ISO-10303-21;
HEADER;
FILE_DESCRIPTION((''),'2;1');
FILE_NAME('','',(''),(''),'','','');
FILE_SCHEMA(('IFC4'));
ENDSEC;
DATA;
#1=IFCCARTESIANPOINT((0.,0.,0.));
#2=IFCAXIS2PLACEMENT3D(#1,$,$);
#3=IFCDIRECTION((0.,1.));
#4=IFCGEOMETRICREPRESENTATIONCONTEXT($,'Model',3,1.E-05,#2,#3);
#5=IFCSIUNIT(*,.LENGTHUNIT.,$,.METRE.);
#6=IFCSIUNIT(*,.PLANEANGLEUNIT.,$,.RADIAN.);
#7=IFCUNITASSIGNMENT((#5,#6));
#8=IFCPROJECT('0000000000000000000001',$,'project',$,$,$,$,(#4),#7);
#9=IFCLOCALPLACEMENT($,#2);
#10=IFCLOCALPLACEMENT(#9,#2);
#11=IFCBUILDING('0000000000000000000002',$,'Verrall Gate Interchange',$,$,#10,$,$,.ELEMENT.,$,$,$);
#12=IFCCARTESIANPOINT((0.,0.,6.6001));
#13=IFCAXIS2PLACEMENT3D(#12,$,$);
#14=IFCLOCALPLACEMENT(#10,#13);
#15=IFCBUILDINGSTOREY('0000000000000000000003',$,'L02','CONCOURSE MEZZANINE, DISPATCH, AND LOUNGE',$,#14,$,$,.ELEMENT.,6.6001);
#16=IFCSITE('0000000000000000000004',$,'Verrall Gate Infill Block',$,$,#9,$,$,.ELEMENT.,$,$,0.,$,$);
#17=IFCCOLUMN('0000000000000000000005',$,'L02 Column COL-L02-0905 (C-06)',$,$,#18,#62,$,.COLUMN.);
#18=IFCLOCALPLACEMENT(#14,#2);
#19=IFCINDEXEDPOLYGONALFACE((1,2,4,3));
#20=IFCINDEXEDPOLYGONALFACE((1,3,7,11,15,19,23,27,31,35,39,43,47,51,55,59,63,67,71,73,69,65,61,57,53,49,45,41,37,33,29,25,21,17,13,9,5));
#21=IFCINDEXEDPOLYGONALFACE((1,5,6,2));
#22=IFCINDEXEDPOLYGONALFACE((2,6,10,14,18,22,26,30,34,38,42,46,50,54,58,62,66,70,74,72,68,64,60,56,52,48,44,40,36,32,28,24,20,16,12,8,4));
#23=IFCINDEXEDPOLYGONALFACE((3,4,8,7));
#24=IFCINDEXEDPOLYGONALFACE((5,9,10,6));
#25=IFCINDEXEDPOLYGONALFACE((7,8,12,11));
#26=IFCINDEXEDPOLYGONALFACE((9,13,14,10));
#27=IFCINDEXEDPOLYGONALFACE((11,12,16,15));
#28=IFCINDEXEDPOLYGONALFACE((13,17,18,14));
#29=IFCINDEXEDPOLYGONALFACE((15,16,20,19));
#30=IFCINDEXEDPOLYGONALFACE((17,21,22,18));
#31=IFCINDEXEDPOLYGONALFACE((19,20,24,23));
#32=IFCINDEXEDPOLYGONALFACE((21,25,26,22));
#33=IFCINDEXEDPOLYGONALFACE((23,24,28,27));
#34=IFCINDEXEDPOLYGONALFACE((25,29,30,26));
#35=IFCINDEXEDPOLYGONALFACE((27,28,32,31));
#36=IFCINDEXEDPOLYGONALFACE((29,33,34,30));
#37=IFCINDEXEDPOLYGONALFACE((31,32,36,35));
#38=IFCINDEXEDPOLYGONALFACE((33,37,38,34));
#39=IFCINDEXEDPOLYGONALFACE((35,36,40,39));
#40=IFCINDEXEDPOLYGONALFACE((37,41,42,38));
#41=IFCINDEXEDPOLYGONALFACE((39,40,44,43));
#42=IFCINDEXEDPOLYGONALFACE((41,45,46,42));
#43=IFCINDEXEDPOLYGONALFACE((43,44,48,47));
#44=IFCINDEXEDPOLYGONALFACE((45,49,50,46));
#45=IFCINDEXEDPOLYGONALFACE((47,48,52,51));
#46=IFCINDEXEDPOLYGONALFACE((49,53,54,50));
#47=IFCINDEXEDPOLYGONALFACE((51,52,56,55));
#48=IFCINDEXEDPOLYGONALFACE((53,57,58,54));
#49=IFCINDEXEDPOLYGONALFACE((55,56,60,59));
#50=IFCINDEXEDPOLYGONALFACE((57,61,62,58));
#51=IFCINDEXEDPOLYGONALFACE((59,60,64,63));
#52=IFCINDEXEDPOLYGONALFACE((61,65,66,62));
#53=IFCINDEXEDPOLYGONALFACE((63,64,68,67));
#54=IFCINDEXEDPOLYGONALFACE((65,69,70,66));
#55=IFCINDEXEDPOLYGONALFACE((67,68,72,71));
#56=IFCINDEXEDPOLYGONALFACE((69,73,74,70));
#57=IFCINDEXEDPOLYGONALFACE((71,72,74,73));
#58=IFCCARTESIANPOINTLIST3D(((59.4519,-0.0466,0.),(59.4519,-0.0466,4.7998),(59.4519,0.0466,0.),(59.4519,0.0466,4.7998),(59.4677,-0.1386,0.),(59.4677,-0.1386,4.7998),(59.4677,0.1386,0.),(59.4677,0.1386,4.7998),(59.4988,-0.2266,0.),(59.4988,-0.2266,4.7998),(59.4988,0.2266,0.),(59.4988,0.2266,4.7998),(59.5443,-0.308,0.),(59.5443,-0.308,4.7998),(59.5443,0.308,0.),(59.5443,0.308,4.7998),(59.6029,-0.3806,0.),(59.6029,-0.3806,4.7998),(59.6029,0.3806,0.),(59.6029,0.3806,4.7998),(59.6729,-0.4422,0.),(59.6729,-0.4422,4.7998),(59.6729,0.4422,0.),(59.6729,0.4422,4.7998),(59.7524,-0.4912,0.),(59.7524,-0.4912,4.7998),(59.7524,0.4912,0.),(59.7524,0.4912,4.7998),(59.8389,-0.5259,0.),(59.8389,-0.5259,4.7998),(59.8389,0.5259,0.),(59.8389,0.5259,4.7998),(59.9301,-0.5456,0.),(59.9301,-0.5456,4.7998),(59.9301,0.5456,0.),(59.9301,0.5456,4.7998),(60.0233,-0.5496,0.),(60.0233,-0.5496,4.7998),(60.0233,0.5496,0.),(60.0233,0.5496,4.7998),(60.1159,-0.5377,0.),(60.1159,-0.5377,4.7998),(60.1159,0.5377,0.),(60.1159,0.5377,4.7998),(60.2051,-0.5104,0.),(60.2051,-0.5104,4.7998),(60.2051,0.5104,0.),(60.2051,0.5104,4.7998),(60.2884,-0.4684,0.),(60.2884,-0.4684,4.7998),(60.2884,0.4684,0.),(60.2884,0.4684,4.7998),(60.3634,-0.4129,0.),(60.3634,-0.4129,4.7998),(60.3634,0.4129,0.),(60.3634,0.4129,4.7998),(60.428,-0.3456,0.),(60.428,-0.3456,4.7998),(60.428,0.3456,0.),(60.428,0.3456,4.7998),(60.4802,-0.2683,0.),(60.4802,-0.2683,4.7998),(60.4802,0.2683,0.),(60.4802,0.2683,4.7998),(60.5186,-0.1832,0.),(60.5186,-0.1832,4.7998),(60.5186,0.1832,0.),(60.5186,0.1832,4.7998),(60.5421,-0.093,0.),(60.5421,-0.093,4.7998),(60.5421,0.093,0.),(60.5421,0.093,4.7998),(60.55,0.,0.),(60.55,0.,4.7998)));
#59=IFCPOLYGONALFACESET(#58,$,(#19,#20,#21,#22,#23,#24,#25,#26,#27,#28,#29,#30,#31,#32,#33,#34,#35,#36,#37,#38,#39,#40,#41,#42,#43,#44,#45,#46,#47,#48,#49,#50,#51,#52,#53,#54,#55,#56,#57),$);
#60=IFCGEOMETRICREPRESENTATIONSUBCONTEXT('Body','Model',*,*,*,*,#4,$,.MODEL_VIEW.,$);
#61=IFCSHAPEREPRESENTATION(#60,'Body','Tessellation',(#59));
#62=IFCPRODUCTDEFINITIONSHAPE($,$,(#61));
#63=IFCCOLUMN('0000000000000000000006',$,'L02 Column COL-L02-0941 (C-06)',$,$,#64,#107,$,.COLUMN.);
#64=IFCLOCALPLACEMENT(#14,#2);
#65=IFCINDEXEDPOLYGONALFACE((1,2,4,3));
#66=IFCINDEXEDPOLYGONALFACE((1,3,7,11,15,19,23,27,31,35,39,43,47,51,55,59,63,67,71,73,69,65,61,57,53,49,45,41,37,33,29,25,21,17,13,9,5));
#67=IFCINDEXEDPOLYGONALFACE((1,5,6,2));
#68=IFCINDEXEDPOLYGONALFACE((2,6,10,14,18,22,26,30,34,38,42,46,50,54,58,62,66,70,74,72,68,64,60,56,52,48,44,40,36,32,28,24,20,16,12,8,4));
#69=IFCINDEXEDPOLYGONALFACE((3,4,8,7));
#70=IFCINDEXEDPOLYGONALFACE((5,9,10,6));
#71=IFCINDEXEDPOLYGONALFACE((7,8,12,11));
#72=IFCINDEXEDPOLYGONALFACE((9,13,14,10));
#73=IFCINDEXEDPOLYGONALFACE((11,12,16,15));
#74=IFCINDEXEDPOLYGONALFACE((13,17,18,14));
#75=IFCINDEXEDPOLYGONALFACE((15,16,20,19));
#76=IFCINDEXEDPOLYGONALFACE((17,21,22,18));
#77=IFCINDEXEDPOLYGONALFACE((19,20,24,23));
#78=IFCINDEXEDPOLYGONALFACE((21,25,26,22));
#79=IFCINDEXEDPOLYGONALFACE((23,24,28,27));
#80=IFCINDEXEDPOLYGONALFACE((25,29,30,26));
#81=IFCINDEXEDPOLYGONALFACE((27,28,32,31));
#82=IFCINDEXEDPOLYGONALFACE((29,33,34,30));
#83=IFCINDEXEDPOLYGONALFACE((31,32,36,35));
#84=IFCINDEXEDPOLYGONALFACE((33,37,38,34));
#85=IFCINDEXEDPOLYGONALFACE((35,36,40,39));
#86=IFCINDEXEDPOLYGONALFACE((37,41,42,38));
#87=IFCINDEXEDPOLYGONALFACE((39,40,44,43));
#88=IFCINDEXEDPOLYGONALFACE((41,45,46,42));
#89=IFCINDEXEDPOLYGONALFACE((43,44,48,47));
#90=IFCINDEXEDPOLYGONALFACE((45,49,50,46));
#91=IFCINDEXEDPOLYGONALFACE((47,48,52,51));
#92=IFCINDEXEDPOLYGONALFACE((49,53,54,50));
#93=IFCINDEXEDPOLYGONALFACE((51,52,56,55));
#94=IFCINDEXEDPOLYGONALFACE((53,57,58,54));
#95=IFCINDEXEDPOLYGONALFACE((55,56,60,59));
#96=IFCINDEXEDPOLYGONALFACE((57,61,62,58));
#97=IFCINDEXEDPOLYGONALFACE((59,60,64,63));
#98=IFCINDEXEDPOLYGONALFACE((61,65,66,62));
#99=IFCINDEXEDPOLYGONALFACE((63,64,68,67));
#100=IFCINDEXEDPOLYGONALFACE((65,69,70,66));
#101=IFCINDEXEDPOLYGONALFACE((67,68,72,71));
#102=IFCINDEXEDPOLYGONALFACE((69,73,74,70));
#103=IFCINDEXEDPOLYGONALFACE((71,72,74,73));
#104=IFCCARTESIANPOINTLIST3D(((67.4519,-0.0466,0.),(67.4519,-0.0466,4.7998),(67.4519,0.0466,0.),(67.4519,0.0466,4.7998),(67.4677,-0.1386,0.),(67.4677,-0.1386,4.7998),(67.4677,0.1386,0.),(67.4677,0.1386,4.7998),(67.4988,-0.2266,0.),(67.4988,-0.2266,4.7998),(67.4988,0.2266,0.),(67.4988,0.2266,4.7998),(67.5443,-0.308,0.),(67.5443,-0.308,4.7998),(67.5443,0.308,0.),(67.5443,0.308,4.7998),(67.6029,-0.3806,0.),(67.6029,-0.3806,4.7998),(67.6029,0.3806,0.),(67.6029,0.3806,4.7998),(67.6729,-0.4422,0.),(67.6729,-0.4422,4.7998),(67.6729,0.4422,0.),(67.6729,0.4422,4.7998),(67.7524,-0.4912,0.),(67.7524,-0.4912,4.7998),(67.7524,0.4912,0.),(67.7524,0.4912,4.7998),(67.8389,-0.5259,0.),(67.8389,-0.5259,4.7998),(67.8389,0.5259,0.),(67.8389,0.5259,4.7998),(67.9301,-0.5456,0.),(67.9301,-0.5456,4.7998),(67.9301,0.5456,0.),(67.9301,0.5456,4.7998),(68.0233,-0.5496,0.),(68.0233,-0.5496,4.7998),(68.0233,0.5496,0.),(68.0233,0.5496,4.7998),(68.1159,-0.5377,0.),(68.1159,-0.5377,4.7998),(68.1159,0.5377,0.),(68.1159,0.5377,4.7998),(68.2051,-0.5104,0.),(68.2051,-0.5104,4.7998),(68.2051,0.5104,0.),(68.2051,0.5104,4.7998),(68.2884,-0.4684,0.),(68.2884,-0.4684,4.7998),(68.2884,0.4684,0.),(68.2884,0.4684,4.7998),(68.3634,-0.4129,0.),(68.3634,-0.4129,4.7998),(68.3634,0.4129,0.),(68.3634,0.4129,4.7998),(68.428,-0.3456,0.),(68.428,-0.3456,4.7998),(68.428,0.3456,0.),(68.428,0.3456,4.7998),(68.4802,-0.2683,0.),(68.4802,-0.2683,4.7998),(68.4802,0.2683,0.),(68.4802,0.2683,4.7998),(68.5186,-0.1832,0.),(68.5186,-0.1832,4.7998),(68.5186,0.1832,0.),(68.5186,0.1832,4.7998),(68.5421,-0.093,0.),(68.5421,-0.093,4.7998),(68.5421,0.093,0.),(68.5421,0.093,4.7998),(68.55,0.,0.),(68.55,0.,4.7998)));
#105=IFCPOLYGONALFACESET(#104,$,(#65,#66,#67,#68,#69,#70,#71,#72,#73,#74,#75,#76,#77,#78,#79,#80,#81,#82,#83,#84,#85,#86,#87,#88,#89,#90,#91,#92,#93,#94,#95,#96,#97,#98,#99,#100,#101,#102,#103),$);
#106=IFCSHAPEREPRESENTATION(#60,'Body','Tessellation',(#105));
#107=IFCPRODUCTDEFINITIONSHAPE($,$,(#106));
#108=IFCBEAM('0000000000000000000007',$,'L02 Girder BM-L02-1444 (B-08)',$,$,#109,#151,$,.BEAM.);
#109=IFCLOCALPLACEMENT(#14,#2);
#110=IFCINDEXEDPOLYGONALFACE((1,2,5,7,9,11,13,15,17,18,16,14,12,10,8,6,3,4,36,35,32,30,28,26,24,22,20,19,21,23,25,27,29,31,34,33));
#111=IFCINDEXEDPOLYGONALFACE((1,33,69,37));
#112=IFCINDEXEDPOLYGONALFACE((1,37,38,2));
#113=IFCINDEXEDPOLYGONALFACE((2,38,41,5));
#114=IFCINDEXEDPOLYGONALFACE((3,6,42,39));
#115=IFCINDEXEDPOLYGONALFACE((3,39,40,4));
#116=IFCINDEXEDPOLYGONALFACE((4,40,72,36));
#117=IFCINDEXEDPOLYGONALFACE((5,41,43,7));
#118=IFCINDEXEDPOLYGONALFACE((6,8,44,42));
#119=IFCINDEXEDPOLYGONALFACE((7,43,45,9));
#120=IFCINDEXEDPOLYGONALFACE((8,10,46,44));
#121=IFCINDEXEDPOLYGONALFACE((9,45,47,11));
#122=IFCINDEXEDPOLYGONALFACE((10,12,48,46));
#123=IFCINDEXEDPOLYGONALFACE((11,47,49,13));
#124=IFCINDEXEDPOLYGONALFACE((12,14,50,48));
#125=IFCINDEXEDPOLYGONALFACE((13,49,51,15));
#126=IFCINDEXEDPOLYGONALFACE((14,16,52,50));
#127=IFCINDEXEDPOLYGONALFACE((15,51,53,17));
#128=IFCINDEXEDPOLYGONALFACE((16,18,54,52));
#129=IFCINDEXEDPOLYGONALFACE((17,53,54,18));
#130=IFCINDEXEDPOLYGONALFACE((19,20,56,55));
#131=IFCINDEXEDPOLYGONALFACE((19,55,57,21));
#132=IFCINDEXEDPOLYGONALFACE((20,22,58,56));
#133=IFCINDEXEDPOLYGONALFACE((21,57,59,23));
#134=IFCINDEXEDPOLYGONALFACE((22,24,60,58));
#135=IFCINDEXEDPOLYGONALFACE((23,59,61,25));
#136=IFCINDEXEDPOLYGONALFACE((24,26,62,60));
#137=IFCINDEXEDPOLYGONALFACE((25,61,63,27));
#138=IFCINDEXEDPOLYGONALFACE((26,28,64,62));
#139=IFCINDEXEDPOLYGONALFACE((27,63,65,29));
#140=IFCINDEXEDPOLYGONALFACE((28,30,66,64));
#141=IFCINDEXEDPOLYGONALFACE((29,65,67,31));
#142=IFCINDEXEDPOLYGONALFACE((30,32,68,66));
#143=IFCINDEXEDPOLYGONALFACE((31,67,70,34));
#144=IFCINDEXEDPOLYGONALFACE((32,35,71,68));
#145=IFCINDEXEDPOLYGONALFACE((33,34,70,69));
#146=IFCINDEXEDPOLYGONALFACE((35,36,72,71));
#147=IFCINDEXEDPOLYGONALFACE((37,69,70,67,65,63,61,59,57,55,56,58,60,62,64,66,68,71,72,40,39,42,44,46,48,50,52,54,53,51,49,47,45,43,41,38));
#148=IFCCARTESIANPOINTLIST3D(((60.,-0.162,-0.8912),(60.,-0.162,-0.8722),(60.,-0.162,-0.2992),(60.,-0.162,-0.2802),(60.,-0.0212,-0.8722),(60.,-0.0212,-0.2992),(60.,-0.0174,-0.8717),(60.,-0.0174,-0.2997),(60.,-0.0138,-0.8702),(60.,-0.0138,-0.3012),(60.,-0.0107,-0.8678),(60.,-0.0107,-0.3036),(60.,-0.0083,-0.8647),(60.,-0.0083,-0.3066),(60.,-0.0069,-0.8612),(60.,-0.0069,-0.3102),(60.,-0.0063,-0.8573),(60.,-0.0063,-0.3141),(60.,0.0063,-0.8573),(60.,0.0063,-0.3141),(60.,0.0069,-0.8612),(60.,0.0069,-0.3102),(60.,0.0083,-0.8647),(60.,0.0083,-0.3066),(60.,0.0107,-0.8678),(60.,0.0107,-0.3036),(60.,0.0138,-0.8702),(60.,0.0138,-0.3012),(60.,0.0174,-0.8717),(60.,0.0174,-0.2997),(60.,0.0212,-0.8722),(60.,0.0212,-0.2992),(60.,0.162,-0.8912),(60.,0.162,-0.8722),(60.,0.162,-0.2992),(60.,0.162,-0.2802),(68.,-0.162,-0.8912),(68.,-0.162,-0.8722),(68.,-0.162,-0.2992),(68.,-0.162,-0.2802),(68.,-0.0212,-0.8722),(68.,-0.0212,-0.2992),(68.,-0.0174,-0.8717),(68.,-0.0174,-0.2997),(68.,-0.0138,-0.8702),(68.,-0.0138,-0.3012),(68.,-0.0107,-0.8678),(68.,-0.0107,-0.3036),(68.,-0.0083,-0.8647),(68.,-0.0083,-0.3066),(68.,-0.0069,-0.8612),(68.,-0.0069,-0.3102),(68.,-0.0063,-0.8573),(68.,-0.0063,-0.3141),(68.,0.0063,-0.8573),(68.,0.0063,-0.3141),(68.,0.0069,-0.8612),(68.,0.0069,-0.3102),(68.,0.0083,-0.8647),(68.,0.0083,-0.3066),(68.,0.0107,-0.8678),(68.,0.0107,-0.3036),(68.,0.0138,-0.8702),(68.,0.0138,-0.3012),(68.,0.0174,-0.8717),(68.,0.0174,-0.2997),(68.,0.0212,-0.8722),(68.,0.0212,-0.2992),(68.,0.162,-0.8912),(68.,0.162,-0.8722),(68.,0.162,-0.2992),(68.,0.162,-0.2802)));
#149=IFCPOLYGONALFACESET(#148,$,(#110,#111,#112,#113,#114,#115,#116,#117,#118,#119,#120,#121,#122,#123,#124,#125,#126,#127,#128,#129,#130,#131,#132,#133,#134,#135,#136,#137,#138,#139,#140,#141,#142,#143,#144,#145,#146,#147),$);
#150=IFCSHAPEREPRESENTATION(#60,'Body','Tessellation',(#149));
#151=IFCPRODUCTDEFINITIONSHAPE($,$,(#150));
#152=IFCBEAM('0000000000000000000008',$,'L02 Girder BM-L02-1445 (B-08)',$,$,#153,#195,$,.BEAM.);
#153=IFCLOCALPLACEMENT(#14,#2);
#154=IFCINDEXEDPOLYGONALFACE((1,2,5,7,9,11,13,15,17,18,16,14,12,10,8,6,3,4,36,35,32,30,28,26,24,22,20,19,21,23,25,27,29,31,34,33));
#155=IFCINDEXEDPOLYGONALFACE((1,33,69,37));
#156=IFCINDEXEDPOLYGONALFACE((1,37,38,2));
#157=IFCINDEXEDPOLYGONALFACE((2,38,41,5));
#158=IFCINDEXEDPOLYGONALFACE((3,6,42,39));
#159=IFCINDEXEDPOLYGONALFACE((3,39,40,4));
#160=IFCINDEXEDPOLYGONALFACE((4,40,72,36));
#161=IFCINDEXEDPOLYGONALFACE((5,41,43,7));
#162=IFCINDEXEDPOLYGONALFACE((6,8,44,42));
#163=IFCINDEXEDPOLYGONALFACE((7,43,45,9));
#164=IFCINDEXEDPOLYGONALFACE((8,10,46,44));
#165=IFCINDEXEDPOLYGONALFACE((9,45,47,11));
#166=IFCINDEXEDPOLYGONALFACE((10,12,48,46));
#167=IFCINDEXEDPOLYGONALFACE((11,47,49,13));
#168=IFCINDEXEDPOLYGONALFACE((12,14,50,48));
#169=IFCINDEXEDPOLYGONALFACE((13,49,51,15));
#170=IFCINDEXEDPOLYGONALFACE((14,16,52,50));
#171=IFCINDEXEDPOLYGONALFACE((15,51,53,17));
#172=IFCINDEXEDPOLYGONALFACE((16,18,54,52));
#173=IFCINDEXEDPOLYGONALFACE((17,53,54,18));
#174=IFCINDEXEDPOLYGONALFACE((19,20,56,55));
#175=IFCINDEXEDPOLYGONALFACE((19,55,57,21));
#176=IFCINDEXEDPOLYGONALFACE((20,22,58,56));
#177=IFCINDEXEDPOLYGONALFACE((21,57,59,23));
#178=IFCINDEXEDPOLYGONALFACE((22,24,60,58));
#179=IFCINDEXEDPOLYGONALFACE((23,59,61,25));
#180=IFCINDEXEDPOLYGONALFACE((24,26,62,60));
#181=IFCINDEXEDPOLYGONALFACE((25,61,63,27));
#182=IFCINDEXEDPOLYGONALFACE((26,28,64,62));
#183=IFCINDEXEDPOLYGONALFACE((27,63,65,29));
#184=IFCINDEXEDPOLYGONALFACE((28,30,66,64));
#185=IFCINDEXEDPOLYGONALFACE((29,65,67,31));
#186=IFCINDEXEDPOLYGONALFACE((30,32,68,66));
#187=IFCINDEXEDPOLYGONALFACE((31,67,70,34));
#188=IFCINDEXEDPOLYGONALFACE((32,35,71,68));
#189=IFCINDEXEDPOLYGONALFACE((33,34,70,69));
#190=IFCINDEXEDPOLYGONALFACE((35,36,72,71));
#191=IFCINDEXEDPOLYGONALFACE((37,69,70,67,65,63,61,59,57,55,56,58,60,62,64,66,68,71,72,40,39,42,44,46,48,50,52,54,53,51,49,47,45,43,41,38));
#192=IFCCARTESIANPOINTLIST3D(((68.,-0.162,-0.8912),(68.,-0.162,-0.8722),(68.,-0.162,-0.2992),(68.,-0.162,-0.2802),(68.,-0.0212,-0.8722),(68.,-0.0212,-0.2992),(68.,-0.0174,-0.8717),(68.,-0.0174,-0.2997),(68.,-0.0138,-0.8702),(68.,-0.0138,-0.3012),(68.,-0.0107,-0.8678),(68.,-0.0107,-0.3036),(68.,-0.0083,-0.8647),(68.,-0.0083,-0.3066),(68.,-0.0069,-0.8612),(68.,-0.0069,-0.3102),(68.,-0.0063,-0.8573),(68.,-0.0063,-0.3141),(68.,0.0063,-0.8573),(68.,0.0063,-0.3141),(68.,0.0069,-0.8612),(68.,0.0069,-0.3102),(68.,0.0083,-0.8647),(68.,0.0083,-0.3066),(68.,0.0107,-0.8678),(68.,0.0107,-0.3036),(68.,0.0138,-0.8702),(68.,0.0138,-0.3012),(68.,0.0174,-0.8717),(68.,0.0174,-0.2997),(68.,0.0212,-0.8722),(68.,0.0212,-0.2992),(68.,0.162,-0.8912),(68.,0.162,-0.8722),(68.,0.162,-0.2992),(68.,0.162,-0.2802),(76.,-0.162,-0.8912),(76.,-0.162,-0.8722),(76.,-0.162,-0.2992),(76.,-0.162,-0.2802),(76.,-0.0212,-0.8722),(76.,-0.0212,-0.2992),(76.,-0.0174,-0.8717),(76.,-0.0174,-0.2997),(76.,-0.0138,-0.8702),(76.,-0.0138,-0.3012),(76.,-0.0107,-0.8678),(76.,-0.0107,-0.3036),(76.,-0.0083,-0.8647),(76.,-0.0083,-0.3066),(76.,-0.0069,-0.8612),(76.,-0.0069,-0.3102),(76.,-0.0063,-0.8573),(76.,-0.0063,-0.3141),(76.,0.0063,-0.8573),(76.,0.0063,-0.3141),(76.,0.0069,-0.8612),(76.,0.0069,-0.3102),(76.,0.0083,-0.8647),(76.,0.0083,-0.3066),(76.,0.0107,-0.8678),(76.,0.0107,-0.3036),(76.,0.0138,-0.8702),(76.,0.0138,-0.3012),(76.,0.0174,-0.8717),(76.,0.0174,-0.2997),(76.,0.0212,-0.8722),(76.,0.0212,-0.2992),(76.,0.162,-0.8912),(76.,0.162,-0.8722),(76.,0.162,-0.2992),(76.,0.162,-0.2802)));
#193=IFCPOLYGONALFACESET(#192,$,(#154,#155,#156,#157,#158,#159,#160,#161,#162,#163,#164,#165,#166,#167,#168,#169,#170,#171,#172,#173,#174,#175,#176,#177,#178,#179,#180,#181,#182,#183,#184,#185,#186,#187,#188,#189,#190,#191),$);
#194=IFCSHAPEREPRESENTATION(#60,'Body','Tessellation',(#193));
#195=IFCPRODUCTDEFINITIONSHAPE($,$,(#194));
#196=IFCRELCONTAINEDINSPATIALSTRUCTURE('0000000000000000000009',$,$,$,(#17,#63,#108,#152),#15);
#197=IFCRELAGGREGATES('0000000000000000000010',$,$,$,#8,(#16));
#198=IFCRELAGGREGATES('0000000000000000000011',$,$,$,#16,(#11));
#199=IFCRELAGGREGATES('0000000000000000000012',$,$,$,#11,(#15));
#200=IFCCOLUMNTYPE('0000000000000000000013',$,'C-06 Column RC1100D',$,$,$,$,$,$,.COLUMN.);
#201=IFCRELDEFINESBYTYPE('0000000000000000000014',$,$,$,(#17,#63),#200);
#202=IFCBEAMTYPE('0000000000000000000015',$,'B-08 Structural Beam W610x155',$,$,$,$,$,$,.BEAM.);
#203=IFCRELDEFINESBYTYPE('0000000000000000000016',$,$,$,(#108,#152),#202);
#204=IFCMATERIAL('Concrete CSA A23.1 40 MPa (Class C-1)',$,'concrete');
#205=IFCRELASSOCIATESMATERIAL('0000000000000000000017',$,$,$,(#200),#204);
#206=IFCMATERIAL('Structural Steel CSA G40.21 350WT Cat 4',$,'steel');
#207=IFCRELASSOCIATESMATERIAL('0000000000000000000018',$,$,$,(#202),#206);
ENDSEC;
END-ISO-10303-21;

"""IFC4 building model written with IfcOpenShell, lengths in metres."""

from ifc_helpers import new_model, si_unit, direction, frame, origin, origin_2d, place, context, subcontext, project, spatial, circle, i_section, extrude, material, material_profile, profile_set, type_object, element, save


model = new_model("IFC4")

# Units and contexts
model_context = context("Model", 3, precision=1e-05, world=origin(), true_north=direction((0.0, 1.0)))
body_context = subcontext(model_context, "Body", "Model", "MODEL_VIEW")
ifc_project = project(units=[si_unit("LENGTHUNIT", "METRE"), si_unit("PLANEANGLEUNIT", "RADIAN")], contexts=[model_context])

# Site, building, storey
site_placement = place(None, origin())
site = spatial("IfcSite", under=ifc_project, at=site_placement, Name="Verrall Gate Infill Block", CompositionType="ELEMENT", RefElevation=0.0)
building_placement = place(site_placement, origin())
building = spatial("IfcBuilding", under=site, at=building_placement, Name="Verrall Gate Interchange", CompositionType="ELEMENT")
storey_placement = place(building_placement, frame((0.0, 0.0, 6.6001)))
storey = spatial("IfcBuildingStorey", under=building, at=storey_placement, Name="L02", Description="CONCOURSE MEZZANINE, DISPATCH, AND LOUNGE", CompositionType="ELEMENT", Elevation=6.6001)

# Columns
ifc_material_1 = material(Name="Concrete CSA A23.1 40 MPa (Class C-1)", Category="concrete")
ifc_material_profile_1 = material_profile(ifc_material_1, circle(Radius=0.55, at=origin_2d()), Name="RC1100D")
ifc_profile_set_1 = profile_set([ifc_material_profile_1], Name="Concrete CSA A23.1 40 MPa (Class C-1)")
column_type = type_object("IfcColumnType", Name="C-06 Column RC1100D", PredefinedType="COLUMN", material=ifc_profile_set_1)
for number, where, z_axis, x_axis, name in (
    (1, (60.0, 0.0, 0.0), (0.0, 0.0, 1.0), (1.0, 0.0, 0.0), "L02 Column COL-L02-0905 (C-06)"),
    (2, (68.0, 0.0, 0.0), (0.0, 0.0, 1.0), (1.0, 0.0, 0.0), "L02 Column COL-L02-0941 (C-06)"),
):
    element("IfcColumn", number, at=place(storey_placement, frame(where, z_axis=z_axis, x_axis=x_axis)), inside=storey, type_object=column_type, Name=name, PredefinedType="COLUMN", context=body_context, shape_type="SweptSolid", body=[
        extrude(circle(Radius=0.55, at=origin_2d()), origin(), (0.0, 0.0, 1.0), 4.7998),
    ])

# Beams
ifc_material_2 = material(Name="Structural Steel CSA G40.21 350WT Cat 4", Category="steel")
ifc_material_profile_2 = material_profile(ifc_material_2, i_section(OverallWidth=0.324, OverallDepth=0.6111, WebThickness=0.0127, FlangeThickness=0.019, FilletRadius=0.0149, at=origin_2d()), Name="W610x155")
ifc_profile_set_2 = profile_set([ifc_material_profile_2], Name="Structural Steel CSA G40.21 350WT Cat 4")
beam_type_1 = type_object("IfcBeamType", Name="B-08 Structural Beam W610x155", PredefinedType="BEAM", material=ifc_profile_set_2)
for number, where, z_axis, x_axis, name in (
    (3, (60.0, 0.0, -0.5857), (1.0, 0.0, 0.0), (0.0, 1.0, 0.0), "L02 Girder BM-L02-1444 (B-08)"),
    (4, (68.0, 0.0, -0.5857), (1.0, 0.0, 0.0), (0.0, 1.0, 0.0), "L02 Girder BM-L02-1445 (B-08)"),
):
    element("IfcBeam", number, at=place(storey_placement, frame(where, z_axis=z_axis, x_axis=x_axis)), inside=storey, type_object=beam_type_1, Name=name, PredefinedType="BEAM", context=body_context, shape_type="SweptSolid", body=[
        extrude(i_section(OverallWidth=0.324, OverallDepth=0.6111, WebThickness=0.0127, FlangeThickness=0.019, FilletRadius=0.0149, at=origin_2d()), origin(), (0.0, 0.0, 1.0), 8.0),
    ])

save(model, "model.ifc")
